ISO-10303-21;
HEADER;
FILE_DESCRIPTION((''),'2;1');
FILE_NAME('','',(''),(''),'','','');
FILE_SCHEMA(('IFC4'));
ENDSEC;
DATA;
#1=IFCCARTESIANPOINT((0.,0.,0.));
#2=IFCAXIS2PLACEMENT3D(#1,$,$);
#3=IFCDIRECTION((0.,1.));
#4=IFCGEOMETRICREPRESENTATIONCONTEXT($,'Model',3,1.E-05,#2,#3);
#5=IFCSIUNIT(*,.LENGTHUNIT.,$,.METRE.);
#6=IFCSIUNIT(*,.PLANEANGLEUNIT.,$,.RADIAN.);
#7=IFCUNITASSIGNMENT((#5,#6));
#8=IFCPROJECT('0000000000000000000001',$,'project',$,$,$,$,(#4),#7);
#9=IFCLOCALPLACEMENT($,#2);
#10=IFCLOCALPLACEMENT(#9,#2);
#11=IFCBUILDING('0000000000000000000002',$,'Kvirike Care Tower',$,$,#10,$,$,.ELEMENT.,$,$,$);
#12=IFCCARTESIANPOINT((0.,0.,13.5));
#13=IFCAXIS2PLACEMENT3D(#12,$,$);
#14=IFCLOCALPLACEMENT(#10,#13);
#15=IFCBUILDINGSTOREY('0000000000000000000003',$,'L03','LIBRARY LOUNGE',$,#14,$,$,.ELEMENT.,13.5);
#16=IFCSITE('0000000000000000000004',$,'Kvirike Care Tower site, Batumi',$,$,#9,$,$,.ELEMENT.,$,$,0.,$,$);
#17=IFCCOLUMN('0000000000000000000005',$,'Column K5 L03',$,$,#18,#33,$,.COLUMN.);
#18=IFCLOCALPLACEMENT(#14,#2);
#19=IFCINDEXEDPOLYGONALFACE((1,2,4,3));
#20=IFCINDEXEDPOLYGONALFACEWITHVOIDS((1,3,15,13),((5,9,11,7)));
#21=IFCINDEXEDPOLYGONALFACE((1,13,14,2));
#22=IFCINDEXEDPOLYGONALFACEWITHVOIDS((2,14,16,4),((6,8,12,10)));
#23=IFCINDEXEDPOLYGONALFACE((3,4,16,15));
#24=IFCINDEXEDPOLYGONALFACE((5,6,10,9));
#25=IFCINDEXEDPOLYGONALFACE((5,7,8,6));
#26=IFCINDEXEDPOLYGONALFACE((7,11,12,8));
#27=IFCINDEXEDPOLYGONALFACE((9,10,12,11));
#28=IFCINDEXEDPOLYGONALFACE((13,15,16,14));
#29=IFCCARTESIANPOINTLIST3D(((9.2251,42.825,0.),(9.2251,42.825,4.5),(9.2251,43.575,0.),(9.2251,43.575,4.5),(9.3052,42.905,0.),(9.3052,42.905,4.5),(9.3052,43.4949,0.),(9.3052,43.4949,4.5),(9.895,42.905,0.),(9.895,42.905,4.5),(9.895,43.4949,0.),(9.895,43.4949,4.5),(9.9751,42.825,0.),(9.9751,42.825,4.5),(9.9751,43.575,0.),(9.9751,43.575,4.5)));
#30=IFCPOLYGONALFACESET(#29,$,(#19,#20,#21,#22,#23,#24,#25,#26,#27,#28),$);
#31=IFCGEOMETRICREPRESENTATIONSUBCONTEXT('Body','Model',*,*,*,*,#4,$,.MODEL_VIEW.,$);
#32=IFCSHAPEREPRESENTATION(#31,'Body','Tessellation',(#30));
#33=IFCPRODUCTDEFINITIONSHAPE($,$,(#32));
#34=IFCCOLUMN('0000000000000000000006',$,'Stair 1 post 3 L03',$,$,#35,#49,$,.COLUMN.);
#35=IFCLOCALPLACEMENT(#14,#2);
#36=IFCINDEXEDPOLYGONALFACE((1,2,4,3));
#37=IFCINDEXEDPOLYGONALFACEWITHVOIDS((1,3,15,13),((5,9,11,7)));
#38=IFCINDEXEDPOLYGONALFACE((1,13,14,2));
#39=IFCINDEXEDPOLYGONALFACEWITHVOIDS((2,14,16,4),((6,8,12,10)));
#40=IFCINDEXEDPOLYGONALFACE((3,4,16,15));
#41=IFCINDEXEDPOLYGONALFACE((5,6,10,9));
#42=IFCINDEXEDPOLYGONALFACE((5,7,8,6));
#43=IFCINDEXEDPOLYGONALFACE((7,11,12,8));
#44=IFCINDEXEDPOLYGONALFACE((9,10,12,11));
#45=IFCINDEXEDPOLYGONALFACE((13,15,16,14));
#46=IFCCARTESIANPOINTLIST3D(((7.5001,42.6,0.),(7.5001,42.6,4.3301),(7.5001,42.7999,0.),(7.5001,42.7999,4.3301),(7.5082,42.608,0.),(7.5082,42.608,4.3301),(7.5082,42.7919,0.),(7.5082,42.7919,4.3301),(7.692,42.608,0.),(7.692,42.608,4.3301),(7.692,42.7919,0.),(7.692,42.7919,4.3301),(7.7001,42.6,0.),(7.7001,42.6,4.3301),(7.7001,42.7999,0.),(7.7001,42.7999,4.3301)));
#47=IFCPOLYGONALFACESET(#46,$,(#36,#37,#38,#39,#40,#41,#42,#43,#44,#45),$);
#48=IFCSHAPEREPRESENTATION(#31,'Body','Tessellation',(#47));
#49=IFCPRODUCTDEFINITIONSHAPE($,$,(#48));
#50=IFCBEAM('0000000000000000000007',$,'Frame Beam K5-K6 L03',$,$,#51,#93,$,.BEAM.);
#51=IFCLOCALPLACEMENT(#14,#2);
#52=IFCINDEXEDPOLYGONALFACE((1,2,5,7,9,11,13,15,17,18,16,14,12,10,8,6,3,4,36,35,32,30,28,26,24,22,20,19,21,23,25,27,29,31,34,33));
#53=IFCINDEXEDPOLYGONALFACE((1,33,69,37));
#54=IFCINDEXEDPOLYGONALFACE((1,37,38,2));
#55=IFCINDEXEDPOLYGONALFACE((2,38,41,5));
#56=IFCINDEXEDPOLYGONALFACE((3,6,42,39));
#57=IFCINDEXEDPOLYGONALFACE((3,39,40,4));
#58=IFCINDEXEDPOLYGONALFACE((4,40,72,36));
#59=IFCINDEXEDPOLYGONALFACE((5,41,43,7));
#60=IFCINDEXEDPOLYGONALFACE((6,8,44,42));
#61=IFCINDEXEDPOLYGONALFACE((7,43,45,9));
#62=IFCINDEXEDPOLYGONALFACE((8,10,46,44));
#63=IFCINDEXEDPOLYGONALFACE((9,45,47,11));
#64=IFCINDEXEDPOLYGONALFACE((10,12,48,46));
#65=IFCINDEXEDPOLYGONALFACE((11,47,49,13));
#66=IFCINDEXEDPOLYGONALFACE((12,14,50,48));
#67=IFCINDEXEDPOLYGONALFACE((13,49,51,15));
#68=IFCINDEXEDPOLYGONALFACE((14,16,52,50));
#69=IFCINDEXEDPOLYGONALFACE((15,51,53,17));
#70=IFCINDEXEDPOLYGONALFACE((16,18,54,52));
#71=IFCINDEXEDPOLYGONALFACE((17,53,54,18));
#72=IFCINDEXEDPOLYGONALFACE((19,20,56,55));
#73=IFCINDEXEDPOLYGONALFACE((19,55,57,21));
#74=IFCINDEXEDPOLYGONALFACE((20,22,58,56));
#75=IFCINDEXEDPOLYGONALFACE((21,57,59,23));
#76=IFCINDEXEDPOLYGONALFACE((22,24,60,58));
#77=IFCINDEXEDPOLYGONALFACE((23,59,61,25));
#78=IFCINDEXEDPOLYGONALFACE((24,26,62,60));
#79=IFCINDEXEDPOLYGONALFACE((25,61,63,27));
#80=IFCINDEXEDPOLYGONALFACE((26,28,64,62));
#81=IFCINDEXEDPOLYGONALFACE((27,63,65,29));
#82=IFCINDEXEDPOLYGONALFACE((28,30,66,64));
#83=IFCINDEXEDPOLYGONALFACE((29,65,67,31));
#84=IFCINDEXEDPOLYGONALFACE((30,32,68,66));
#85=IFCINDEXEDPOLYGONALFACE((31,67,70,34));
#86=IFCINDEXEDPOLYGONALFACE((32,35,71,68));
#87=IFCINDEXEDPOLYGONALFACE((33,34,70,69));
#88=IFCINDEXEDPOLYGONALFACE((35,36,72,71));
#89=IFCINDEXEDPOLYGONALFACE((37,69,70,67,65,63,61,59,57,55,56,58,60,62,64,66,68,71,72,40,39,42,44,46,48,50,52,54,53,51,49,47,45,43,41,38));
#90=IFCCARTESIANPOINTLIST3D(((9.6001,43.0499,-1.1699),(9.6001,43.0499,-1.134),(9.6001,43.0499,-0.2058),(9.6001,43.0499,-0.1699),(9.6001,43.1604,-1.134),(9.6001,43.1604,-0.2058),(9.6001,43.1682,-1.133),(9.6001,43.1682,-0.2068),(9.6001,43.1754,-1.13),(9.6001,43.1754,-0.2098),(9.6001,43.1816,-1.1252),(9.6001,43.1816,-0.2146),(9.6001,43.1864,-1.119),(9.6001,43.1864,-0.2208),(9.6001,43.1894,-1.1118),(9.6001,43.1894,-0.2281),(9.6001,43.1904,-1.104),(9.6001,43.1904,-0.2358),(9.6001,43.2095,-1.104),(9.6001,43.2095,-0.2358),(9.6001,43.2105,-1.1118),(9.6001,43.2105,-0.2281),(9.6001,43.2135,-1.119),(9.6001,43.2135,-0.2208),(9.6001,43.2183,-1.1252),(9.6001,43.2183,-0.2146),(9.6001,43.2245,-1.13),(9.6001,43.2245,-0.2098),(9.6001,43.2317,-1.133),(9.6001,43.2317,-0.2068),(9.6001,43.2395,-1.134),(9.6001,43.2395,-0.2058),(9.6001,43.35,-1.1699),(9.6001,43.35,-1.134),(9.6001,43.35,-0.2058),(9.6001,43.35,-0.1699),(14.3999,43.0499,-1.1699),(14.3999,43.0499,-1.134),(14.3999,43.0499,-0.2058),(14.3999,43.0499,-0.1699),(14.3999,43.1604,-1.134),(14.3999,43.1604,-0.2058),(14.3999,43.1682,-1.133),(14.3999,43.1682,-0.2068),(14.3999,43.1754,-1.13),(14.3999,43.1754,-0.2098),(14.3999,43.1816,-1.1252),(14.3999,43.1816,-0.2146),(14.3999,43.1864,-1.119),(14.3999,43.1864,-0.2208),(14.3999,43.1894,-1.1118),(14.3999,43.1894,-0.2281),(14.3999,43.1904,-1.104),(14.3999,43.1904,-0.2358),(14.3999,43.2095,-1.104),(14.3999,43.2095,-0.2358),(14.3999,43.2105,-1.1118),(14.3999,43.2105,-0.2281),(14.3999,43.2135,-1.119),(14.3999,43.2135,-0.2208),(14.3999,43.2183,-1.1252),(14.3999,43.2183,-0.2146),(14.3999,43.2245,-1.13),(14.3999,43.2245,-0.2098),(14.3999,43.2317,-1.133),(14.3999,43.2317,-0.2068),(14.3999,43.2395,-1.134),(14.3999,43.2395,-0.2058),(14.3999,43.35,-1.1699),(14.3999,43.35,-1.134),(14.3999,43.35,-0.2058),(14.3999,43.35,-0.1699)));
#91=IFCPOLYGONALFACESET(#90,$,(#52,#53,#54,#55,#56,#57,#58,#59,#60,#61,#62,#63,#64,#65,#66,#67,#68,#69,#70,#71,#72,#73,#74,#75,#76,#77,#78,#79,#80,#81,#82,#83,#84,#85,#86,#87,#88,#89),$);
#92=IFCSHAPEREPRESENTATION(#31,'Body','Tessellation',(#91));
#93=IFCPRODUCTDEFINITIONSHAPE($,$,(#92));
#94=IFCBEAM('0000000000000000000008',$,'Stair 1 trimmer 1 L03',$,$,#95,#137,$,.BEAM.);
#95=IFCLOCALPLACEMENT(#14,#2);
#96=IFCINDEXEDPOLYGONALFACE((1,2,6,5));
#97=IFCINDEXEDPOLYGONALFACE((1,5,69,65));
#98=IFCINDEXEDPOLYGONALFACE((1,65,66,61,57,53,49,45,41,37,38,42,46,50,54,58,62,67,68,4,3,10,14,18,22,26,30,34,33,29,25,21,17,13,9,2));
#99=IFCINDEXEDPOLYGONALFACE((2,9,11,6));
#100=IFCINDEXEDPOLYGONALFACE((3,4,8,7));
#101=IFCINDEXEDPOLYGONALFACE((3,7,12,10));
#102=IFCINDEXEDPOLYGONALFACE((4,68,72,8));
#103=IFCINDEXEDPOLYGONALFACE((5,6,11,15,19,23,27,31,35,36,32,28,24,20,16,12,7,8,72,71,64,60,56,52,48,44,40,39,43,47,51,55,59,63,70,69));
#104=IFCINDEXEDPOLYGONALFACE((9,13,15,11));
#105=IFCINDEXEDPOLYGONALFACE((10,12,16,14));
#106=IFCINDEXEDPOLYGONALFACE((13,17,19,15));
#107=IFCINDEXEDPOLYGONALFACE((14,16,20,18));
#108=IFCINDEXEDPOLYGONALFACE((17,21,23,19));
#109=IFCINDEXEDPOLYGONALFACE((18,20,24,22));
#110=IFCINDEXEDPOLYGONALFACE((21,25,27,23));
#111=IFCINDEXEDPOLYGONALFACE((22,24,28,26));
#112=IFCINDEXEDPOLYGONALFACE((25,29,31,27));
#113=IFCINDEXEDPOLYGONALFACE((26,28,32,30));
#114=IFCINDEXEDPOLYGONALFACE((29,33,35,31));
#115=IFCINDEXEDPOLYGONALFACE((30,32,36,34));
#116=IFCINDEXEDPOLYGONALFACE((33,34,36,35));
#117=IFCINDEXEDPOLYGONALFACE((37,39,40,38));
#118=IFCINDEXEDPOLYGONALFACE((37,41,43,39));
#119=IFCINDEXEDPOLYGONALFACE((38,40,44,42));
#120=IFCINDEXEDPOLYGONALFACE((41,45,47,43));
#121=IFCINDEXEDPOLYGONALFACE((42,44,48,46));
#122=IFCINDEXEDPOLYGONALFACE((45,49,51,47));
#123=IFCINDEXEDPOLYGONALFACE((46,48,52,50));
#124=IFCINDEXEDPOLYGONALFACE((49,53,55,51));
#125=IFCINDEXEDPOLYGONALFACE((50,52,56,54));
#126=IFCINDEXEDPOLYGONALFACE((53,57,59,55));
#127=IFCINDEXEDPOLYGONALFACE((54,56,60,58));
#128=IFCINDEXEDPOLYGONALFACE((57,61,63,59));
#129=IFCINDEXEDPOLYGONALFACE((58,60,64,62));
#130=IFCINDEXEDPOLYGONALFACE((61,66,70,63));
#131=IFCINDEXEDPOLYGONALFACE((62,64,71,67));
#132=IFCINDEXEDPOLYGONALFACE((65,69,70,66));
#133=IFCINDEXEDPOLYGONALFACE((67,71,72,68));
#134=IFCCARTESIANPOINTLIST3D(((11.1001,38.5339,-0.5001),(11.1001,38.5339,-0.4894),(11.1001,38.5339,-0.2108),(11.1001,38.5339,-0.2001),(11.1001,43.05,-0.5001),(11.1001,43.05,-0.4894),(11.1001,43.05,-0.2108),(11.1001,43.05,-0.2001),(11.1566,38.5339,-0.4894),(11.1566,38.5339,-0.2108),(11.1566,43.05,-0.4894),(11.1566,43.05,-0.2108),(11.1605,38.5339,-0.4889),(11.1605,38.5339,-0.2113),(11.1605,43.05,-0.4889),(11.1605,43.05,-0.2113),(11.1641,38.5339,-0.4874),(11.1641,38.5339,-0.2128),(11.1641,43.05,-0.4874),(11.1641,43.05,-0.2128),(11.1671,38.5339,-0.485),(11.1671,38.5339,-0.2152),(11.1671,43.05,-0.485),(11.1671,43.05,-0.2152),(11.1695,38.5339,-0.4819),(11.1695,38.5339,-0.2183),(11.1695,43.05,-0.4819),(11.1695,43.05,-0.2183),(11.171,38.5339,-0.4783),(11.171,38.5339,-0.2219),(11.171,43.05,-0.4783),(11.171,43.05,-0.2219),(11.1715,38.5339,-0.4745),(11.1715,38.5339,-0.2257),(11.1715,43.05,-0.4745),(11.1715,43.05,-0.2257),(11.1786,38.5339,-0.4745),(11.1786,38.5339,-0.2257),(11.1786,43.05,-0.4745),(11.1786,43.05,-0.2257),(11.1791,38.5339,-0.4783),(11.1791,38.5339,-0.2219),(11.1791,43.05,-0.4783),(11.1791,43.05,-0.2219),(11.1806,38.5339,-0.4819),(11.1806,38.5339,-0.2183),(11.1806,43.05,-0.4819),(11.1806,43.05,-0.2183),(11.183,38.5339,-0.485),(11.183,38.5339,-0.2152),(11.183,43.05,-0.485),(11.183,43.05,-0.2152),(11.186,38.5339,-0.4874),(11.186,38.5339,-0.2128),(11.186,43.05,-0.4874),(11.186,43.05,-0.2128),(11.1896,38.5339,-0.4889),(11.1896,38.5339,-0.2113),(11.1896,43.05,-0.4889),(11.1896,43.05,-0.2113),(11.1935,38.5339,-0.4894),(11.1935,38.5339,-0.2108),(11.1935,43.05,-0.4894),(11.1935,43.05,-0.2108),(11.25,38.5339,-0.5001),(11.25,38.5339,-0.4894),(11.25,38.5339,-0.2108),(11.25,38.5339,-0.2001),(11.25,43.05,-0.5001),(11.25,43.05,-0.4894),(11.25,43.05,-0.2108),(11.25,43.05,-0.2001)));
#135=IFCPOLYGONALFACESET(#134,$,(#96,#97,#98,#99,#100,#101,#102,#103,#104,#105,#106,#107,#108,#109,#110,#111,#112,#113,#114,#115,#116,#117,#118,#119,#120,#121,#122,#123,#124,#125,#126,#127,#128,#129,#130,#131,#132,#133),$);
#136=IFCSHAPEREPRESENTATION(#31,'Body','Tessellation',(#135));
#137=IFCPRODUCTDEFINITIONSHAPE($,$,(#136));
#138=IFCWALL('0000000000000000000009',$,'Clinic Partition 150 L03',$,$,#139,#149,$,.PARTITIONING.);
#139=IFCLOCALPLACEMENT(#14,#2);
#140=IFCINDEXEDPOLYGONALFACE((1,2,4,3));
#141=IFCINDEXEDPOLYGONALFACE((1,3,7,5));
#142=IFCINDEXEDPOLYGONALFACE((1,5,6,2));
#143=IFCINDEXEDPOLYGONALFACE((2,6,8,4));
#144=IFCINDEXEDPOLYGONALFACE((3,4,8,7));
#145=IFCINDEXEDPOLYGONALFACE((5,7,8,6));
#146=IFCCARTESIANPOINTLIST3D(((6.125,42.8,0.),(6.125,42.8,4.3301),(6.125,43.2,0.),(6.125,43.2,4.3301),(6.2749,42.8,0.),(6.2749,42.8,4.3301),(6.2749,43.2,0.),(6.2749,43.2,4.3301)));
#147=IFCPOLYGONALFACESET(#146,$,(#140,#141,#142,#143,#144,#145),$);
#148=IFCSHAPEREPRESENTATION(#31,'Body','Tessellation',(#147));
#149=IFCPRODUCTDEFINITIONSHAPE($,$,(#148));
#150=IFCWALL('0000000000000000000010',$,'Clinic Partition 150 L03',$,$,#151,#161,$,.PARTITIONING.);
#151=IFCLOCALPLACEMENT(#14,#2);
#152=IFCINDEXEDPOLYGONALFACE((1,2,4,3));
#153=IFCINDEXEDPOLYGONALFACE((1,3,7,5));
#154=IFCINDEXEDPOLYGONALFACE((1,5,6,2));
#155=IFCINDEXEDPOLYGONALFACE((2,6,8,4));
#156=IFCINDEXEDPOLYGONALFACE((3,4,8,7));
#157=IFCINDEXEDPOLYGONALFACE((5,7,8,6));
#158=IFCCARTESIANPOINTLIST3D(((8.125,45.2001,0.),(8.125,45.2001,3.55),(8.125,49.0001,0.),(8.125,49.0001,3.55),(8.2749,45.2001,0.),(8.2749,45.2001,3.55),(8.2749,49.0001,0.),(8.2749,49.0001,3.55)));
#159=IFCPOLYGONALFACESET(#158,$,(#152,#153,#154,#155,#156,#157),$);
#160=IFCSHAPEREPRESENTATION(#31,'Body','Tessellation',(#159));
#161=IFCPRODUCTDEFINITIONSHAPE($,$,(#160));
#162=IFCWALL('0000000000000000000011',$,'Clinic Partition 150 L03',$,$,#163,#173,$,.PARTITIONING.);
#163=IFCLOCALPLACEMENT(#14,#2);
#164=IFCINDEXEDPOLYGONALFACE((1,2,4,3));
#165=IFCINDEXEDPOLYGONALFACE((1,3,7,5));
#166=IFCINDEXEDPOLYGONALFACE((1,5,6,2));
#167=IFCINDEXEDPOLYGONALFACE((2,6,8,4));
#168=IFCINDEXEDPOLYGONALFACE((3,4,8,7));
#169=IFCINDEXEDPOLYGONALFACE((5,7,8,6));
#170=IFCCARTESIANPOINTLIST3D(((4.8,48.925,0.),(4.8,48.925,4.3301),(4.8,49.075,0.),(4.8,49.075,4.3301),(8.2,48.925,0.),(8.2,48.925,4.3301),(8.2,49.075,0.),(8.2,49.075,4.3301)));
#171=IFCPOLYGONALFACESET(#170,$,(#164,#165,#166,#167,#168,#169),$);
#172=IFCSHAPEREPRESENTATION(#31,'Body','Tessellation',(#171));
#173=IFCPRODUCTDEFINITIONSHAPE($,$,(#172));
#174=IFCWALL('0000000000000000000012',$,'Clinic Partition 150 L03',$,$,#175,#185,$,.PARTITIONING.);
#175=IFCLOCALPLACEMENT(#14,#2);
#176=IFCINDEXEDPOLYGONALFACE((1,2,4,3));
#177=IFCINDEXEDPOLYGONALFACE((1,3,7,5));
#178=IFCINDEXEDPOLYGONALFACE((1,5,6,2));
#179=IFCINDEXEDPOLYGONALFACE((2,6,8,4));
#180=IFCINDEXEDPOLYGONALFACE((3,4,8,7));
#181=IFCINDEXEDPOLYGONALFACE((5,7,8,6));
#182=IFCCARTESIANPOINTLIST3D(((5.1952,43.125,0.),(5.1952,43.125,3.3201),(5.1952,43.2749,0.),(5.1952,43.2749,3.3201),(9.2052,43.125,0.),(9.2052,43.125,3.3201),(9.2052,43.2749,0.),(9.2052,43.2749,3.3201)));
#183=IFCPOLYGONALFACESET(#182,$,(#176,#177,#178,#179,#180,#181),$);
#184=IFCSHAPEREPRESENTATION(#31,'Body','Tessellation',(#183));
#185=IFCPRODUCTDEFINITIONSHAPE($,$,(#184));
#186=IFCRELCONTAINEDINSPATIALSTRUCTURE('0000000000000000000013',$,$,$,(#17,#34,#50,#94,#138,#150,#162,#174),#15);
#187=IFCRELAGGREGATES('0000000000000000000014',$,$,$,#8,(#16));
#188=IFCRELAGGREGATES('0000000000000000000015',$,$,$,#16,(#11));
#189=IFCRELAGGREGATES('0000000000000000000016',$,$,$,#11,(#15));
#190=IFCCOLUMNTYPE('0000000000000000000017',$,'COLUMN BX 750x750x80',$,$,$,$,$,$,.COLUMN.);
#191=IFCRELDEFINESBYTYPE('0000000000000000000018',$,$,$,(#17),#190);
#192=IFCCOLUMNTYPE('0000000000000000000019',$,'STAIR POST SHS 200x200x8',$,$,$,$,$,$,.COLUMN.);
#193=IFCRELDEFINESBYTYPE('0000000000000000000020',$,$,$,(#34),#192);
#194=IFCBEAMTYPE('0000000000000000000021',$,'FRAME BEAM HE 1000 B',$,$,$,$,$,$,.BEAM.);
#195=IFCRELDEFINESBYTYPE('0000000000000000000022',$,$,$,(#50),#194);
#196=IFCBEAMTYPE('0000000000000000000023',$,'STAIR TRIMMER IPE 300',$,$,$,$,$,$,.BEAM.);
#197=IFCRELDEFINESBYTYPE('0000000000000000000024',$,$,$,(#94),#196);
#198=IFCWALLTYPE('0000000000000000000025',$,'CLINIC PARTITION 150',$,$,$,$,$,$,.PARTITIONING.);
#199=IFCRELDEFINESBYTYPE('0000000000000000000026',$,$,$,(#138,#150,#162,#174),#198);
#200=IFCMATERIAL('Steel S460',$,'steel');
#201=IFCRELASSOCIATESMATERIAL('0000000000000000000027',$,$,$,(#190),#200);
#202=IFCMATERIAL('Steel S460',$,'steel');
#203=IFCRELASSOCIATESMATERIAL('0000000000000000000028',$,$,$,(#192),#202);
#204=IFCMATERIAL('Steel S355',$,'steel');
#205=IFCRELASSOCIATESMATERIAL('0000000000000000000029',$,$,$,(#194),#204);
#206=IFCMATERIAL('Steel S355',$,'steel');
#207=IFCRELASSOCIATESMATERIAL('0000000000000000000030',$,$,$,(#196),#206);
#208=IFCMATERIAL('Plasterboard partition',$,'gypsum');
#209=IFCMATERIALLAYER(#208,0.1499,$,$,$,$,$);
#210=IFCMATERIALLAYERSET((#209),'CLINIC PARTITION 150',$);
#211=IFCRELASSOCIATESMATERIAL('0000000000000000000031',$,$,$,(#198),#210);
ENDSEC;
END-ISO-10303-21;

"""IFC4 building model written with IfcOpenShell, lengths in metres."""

from ifc_helpers import new_model, si_unit, direction, frame, frame_2d, origin, origin_2d, place, context, subcontext, project, spatial, rectangle, hollow_rectangle, i_section, extrude, material, layer, layer_set, material_profile, profile_set, type_object, element, save


model = new_model("IFC4")

# Units and contexts
model_context = context("Model", 3, precision=1e-05, world=origin(), true_north=direction((0.0, 1.0)))
body_context = subcontext(model_context, "Body", "Model", "MODEL_VIEW")
ifc_project = project(units=[si_unit("LENGTHUNIT", "METRE"), si_unit("PLANEANGLEUNIT", "RADIAN")], contexts=[model_context])

# Site, building, storey
site_placement = place(None, origin())
site = spatial("IfcSite", under=ifc_project, at=site_placement, Name="Kvirike Care Tower site, Batumi", CompositionType="ELEMENT", RefElevation=0.0)
building_placement = place(site_placement, origin())
building = spatial("IfcBuilding", under=site, at=building_placement, Name="Kvirike Care Tower", CompositionType="ELEMENT")
storey_placement = place(building_placement, frame((0.0, 0.0, 13.5)))
storey = spatial("IfcBuildingStorey", under=building, at=storey_placement, Name="L03", Description="LIBRARY LOUNGE", CompositionType="ELEMENT", Elevation=13.5)

# Columns
ifc_material_1 = material(Name="Steel S460", Category="steel")
ifc_material_profile_1 = material_profile(ifc_material_1, hollow_rectangle(XDim=0.75, YDim=0.75, WallThickness=0.0801, at=origin_2d()), Name="BX 750x750x80")
ifc_profile_set_1 = profile_set([ifc_material_profile_1], Name="Steel S460")
column_type_1 = type_object("IfcColumnType", Name="COLUMN BX 750x750x80", PredefinedType="COLUMN", material=ifc_profile_set_1)
column_1_placement = place(storey_placement, frame((9.6001, 43.2, 0.0), z_axis=(0.0, 0.0, 1.0), x_axis=(0.0, 1.0, 0.0)))
element("IfcColumn", 1, at=column_1_placement, inside=storey, type_object=column_type_1, Name="Column K5 L03", PredefinedType="COLUMN", context=body_context, shape_type="SweptSolid", body=[
    extrude(hollow_rectangle(XDim=0.75, YDim=0.75, WallThickness=0.0801, at=origin_2d()), origin(), (0.0, 0.0, 1.0), 4.5),
])
ifc_material_2 = material(Name="Steel S460", Category="steel")
ifc_material_profile_2 = material_profile(ifc_material_2, hollow_rectangle(XDim=0.2, YDim=0.2, WallThickness=0.0081, at=origin_2d()), Name="SHS 200x200x8")
ifc_profile_set_2 = profile_set([ifc_material_profile_2], Name="Steel S460")
column_type_2 = type_object("IfcColumnType", Name="STAIR POST SHS 200x200x8", PredefinedType="COLUMN", material=ifc_profile_set_2)
column_2_placement = place(storey_placement, frame((7.6001, 42.7, 0.0), z_axis=(0.0, 0.0, 1.0), x_axis=(1.0, 0.0, 0.0)))
element("IfcColumn", 2, at=column_2_placement, inside=storey, type_object=column_type_2, Name="Stair 1 post 3 L03", PredefinedType="COLUMN", context=body_context, shape_type="SweptSolid", body=[
    extrude(hollow_rectangle(XDim=0.2, YDim=0.2, WallThickness=0.0081, at=origin_2d()), origin(), (0.0, 0.0, 1.0), 4.3301),
])

# Beams
ifc_material_3 = material(Name="Steel S355", Category="steel")
ifc_material_profile_3 = material_profile(ifc_material_3, i_section(OverallWidth=0.3, OverallDepth=1.0, WebThickness=0.019, FlangeThickness=0.0359, FilletRadius=0.03, at=origin_2d()), Name="HE 1000 B")
ifc_profile_set_3 = profile_set([ifc_material_profile_3], Name="Steel S355")
beam_type_1 = type_object("IfcBeamType", Name="FRAME BEAM HE 1000 B", PredefinedType="BEAM", material=ifc_profile_set_3)
beam_1_placement = place(storey_placement, frame((9.6001, 43.2, -0.6699), z_axis=(1.0, 0.0, 0.0), x_axis=(0.0, 1.0, 0.0)))
element("IfcBeam", 3, at=beam_1_placement, inside=storey, type_object=beam_type_1, Name="Frame Beam K5-K6 L03", PredefinedType="BEAM", context=body_context, shape_type="SweptSolid", body=[
    extrude(i_section(OverallWidth=0.3, OverallDepth=1.0, WebThickness=0.019, FlangeThickness=0.0359, FilletRadius=0.03, at=origin_2d()), origin(), (0.0, 0.0, 1.0), 4.7998),
])
ifc_material_4 = material(Name="Steel S355", Category="steel")
ifc_material_profile_4 = material_profile(ifc_material_4, i_section(OverallWidth=0.1499, OverallDepth=0.3, WebThickness=0.0071, FlangeThickness=0.0107, FilletRadius=0.0149, at=origin_2d()), Name="IPE 300")
ifc_profile_set_4 = profile_set([ifc_material_profile_4], Name="Steel S355")
beam_type_2 = type_object("IfcBeamType", Name="STAIR TRIMMER IPE 300", PredefinedType="BEAM", material=ifc_profile_set_4)
beam_2_placement = place(storey_placement, frame((11.175, 43.05, -0.3501), z_axis=(0.0, -1.0, 0.0), x_axis=(1.0, 0.0, 0.0)))
element("IfcBeam", 4, at=beam_2_placement, inside=storey, type_object=beam_type_2, Name="Stair 1 trimmer 1 L03", PredefinedType="BEAM", context=body_context, shape_type="SweptSolid", body=[
    extrude(i_section(OverallWidth=0.1499, OverallDepth=0.3, WebThickness=0.0071, FlangeThickness=0.0107, FilletRadius=0.0149, at=origin_2d()), origin(), (0.0, 0.0, 1.0), 4.5161),
])

# Walls
ifc_material_5 = material(Name="Plasterboard partition", Category="gypsum")
ifc_layer_1 = layer(ifc_material_5, 0.1499)
ifc_layer_set_1 = layer_set([ifc_layer_1], Name="CLINIC PARTITION 150")
wall_type_1 = type_object("IfcWallType", Name="CLINIC PARTITION 150", PredefinedType="PARTITIONING", material=ifc_layer_set_1)
wall_1_placement = place(storey_placement, frame((6.2, 43.2, 0.0), z_axis=(0.0, 0.0, 1.0), x_axis=(0.0, -1.0, 0.0)))
element("IfcWall", 5, at=wall_1_placement, inside=storey, type_object=wall_type_1, Name="Clinic Partition 150 L03", PredefinedType="PARTITIONING", context=body_context, shape_type="SweptSolid", body=[
    extrude(rectangle(XDim=0.3999, YDim=0.1499, at=frame_2d((0.2, 0.0))), origin(), (0.0, 0.0, 1.0), 4.3301),
])
wall_2_placement = place(storey_placement, frame((8.2, 49.0, 0.0), z_axis=(0.0, 0.0, 1.0), x_axis=(0.0, -1.0, 0.0)))
element("IfcWall", 6, at=wall_2_placement, inside=storey, type_object=wall_type_1, Name="Clinic Partition 150 L03", PredefinedType="PARTITIONING", context=body_context, shape_type="SweptSolid", body=[
    extrude(rectangle(XDim=3.8, YDim=0.1499, at=frame_2d((1.8999, 0.0))), origin(), (0.0, 0.0, 1.0), 3.55),
])
wall_3_placement = place(storey_placement, frame((8.2, 49.0, 0.0), z_axis=(0.0, 0.0, 1.0), x_axis=(-1.0, 0.0, 0.0)))
element("IfcWall", 7, at=wall_3_placement, inside=storey, type_object=wall_type_1, Name="Clinic Partition 150 L03", PredefinedType="PARTITIONING", context=body_context, shape_type="SweptSolid", body=[
    extrude(rectangle(XDim=3.3999, YDim=0.1499, at=frame_2d((1.7, 0.0))), origin(), (0.0, 0.0, 1.0), 4.3301),
])
wall_4_placement = place(storey_placement, frame((9.2051, 43.2, 0.0), z_axis=(0.0, 0.0, 1.0), x_axis=(-1.0, 0.0, 0.0)))
element("IfcWall", 8, at=wall_4_placement, inside=storey, type_object=wall_type_1, Name="Clinic Partition 150 L03", PredefinedType="PARTITIONING", context=body_context, shape_type="SweptSolid", body=[
    extrude(rectangle(XDim=4.01, YDim=0.1499, at=frame_2d((2.0049, 0.0))), origin(), (0.0, 0.0, 1.0), 3.3201),
])

save(model, "model.ifc")
